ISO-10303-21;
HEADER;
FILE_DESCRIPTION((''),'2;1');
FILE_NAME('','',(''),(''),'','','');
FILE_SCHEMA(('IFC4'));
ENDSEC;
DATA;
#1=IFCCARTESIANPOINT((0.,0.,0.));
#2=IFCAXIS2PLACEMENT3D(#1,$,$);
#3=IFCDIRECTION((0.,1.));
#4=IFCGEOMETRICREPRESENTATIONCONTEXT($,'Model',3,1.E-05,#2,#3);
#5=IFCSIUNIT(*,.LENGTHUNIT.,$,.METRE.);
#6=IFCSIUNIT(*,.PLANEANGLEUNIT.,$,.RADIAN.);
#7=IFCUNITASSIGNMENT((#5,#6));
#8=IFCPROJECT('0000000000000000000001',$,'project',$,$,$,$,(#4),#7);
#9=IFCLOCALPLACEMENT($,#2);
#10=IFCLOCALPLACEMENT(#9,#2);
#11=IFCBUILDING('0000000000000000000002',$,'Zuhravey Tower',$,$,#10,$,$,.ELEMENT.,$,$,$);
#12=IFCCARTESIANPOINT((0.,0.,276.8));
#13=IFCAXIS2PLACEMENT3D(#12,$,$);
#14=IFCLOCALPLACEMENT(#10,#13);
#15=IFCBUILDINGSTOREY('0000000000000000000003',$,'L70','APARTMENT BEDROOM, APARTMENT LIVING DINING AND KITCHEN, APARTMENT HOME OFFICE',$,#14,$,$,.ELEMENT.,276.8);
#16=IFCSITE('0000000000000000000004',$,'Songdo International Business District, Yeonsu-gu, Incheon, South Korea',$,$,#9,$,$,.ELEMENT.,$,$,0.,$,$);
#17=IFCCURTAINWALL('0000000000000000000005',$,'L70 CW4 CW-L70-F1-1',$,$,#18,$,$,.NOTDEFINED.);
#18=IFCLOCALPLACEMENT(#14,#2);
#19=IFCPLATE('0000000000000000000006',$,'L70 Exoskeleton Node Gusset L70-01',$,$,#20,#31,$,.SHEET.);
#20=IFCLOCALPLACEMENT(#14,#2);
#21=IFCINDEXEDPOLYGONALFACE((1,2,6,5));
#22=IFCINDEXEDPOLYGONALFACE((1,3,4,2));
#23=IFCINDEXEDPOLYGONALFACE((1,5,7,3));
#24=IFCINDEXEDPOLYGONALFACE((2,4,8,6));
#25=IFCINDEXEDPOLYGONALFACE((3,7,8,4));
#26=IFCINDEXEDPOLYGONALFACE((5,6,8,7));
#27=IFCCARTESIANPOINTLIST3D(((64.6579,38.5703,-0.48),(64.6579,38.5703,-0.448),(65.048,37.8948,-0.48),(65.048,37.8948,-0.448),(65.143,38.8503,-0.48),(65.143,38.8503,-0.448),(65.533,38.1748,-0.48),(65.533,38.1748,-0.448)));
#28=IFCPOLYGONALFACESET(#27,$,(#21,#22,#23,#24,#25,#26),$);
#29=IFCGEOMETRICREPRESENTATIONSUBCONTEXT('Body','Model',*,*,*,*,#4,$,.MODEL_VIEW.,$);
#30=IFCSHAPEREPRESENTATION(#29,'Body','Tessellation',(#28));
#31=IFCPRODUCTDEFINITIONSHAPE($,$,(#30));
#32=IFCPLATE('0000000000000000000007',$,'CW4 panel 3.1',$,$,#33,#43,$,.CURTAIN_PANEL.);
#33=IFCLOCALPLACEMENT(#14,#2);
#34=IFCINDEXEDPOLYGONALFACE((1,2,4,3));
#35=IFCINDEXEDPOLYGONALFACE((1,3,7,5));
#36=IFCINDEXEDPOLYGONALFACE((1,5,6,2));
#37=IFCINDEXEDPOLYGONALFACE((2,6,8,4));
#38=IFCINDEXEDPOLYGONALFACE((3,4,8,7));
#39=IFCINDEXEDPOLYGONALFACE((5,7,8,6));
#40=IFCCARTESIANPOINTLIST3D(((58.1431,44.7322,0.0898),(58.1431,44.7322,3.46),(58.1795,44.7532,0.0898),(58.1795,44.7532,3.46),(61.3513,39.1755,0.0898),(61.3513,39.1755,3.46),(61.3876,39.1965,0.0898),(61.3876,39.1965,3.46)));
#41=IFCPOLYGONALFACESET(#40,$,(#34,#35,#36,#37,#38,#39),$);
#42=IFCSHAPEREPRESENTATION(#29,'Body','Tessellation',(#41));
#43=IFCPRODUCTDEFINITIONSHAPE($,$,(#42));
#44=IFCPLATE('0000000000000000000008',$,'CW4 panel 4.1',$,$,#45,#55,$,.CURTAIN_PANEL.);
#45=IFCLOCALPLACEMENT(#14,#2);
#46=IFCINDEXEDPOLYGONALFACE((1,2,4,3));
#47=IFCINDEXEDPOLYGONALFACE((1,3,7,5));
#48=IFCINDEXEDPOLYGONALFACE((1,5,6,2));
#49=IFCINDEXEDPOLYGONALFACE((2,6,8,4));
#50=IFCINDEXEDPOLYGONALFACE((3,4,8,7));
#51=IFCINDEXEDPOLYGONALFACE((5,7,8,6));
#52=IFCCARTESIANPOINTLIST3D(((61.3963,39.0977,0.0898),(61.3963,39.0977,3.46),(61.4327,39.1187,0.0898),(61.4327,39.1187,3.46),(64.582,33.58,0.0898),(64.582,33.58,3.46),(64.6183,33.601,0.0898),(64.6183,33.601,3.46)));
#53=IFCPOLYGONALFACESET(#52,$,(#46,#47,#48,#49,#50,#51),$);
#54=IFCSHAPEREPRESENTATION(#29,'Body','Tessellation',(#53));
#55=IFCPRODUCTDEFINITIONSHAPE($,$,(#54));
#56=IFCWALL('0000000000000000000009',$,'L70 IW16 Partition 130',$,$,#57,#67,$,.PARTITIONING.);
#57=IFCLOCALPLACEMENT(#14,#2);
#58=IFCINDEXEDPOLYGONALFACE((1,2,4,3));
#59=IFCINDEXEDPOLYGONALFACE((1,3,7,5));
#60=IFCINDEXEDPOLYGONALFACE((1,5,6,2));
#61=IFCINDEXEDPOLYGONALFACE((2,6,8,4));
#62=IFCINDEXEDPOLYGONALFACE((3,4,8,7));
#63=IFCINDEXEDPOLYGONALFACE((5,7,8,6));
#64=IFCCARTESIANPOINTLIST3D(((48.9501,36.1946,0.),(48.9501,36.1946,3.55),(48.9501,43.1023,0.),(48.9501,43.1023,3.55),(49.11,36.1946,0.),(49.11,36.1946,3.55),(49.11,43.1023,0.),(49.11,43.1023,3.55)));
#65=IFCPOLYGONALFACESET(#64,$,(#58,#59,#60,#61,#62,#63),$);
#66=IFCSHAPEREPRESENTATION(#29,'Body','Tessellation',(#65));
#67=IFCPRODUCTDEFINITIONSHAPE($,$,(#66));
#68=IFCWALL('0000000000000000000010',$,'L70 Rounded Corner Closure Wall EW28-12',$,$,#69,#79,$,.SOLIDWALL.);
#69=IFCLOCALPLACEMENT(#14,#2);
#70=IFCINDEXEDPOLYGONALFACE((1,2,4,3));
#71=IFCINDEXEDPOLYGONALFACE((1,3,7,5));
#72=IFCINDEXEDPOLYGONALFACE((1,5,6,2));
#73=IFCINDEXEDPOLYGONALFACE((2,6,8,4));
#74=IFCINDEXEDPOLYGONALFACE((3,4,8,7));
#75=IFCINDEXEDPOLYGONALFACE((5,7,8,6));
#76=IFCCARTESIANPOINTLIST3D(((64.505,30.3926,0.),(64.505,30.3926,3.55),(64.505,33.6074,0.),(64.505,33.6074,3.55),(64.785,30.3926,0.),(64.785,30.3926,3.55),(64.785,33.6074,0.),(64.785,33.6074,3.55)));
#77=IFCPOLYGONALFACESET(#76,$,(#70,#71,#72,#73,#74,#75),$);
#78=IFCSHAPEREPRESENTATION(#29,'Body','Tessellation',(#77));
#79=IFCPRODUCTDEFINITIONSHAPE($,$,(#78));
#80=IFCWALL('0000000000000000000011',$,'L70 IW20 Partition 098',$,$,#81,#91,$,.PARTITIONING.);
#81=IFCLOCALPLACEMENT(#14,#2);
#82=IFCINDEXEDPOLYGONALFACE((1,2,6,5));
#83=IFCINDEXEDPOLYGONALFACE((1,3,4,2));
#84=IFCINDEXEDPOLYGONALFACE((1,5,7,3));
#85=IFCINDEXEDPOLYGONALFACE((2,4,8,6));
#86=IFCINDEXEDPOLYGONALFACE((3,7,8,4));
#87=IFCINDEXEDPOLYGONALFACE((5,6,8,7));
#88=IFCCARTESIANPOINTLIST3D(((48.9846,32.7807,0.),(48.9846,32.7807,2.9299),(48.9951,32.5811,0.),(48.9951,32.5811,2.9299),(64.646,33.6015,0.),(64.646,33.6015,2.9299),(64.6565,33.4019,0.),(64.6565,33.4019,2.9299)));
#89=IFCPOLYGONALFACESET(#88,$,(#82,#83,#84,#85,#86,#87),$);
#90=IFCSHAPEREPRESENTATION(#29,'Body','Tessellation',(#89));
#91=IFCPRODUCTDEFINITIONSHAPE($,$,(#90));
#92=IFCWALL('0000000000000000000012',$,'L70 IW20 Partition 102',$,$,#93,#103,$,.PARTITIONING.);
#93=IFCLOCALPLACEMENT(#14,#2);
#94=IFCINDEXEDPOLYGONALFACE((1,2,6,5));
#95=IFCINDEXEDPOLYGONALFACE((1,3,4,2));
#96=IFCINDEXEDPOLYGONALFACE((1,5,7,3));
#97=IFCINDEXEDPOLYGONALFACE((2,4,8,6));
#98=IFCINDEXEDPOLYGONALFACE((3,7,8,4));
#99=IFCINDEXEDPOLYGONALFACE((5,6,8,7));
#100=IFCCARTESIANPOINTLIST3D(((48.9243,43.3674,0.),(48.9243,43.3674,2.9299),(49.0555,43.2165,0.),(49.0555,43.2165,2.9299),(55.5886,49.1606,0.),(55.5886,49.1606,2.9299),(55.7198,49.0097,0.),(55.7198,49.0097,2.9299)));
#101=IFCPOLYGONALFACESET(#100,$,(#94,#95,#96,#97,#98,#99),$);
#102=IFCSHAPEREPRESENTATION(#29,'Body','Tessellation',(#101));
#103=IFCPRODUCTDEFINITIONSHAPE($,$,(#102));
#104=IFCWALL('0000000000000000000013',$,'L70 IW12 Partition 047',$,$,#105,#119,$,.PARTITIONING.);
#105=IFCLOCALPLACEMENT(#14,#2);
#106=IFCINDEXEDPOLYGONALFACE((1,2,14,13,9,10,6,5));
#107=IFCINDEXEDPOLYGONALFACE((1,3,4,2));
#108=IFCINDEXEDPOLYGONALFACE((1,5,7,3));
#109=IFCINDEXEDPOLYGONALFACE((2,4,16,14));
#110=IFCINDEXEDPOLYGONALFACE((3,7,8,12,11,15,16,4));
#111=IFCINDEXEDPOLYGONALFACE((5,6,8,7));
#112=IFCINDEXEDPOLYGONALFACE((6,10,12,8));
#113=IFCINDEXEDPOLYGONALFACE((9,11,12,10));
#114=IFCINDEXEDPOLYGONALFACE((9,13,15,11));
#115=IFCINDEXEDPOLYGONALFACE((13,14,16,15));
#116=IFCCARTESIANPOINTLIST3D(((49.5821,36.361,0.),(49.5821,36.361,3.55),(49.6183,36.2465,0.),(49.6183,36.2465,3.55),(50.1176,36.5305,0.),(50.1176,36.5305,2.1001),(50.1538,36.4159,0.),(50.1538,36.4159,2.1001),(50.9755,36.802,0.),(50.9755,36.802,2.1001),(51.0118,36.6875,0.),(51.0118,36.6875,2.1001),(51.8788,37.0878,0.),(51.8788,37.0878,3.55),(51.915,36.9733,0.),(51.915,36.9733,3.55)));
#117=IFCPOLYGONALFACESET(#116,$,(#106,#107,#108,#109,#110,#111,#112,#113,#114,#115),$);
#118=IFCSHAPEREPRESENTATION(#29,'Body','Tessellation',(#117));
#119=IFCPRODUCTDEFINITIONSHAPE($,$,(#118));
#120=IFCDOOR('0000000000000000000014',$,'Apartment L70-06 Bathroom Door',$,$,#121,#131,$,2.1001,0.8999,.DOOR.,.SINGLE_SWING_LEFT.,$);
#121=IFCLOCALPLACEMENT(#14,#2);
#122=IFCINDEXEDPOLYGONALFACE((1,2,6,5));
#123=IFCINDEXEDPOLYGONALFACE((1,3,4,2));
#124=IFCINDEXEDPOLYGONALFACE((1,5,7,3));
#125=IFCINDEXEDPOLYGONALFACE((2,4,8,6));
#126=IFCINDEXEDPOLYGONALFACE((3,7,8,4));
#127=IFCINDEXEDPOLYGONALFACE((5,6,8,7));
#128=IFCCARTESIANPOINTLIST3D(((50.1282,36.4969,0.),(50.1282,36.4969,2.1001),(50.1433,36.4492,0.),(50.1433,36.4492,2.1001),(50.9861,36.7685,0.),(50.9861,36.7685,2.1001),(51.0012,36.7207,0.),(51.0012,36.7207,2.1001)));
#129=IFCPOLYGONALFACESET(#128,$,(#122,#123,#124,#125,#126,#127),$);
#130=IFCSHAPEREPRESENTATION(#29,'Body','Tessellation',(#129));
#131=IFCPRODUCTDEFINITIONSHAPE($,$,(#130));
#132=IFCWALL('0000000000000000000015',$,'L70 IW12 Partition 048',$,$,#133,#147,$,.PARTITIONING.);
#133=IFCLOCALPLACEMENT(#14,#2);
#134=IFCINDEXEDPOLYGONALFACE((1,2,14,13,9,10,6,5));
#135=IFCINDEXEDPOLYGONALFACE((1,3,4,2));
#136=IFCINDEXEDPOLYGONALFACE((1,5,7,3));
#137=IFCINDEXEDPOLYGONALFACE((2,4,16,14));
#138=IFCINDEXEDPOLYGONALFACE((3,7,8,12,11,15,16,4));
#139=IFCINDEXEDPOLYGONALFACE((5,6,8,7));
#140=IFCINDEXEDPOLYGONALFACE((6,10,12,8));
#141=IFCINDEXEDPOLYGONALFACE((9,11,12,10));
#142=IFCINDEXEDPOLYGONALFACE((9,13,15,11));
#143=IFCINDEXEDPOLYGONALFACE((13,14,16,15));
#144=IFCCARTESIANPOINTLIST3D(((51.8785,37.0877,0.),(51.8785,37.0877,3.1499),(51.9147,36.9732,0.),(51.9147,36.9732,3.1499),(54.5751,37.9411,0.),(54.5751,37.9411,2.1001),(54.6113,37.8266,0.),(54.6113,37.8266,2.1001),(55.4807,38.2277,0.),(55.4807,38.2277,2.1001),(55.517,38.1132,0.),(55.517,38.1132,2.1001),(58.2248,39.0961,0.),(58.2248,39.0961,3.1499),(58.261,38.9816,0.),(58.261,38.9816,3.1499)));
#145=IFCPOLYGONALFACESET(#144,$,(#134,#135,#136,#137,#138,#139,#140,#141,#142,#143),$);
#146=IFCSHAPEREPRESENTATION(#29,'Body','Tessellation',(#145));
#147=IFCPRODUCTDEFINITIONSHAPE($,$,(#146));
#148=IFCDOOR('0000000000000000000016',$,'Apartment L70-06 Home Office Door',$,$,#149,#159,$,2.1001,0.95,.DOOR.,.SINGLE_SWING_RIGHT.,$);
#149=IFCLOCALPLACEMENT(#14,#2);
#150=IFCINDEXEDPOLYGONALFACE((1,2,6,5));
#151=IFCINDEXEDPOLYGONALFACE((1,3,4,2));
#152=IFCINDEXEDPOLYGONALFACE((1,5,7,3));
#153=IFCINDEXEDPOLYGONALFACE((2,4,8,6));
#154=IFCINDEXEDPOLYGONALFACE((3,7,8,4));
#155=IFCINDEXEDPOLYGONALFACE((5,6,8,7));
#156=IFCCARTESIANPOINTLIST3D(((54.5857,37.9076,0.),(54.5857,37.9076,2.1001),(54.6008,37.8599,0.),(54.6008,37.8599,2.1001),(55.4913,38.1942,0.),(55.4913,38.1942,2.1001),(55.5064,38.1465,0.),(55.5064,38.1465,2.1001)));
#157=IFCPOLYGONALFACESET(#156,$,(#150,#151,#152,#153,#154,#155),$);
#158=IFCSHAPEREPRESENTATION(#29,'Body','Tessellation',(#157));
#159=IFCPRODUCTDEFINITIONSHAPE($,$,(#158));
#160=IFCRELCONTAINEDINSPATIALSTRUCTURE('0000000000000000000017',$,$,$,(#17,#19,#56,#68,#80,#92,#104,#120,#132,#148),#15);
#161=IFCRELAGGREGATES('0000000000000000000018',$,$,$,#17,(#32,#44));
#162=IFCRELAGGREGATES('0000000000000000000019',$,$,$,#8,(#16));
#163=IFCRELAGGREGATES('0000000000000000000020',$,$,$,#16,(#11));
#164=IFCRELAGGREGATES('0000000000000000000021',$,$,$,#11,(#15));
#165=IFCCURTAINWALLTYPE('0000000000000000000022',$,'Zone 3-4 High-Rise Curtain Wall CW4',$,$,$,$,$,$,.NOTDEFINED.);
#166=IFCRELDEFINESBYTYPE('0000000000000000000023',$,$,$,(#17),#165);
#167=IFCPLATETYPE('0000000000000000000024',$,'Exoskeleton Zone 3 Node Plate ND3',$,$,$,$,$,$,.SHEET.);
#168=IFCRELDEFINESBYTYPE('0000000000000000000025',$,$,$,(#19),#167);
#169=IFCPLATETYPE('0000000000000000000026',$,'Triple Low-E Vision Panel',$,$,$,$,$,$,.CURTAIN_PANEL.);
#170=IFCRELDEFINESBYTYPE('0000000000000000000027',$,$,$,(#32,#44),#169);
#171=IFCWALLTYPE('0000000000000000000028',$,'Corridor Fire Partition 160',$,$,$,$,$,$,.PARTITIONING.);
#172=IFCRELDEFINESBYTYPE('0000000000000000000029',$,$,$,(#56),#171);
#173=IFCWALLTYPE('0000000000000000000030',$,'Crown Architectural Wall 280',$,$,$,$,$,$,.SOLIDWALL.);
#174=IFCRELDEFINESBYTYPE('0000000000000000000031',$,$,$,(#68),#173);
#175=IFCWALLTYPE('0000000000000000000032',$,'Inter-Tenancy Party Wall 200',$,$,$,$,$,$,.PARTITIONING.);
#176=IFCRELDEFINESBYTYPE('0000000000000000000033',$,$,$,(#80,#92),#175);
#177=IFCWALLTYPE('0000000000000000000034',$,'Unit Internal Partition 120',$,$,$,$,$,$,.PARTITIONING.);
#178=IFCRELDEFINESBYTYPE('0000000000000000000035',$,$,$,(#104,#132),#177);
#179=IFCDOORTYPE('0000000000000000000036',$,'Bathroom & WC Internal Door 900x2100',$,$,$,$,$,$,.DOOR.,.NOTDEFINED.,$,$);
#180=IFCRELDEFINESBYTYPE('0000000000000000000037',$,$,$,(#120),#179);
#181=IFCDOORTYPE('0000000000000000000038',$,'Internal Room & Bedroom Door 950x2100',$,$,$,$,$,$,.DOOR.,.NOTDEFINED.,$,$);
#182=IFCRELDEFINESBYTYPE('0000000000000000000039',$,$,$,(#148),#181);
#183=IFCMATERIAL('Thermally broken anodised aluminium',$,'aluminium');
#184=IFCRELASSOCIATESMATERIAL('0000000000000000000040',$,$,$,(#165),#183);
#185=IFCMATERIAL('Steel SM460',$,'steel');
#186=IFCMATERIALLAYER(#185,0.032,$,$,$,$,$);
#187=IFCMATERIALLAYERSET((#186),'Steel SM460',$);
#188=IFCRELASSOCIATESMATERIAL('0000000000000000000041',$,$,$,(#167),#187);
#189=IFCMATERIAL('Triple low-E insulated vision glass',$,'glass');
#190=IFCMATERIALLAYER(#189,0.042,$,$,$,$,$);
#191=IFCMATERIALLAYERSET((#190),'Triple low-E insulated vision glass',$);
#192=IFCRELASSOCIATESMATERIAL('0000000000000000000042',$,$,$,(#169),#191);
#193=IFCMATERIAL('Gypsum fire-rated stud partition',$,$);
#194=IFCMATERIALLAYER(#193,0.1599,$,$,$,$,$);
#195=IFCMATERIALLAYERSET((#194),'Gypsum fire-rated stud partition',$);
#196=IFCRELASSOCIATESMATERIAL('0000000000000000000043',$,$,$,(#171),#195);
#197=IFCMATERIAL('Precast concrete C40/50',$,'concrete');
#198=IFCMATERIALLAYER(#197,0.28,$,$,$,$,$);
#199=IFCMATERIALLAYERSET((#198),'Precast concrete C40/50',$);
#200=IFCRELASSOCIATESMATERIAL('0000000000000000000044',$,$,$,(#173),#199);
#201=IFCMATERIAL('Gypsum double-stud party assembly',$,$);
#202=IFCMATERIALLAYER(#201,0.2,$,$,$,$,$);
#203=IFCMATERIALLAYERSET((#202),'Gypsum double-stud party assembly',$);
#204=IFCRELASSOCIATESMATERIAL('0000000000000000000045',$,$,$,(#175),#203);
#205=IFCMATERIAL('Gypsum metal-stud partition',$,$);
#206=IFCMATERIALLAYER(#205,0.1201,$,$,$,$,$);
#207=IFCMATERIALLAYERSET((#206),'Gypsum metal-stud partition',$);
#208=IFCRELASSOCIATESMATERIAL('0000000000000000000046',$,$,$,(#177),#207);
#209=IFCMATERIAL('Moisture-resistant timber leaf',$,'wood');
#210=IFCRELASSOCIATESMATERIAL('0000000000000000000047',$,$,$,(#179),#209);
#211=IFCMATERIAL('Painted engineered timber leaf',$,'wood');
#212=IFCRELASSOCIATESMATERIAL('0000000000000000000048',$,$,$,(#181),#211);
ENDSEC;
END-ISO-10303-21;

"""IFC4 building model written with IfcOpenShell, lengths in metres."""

from ifc_helpers import new_model, si_unit, direction, frame, frame_2d, origin, origin_2d, place, context, subcontext, project, spatial, rectangle, extrude, material, layer, layer_set, type_object, element, fill, aggregate, save


model = new_model("IFC4")

# Units and contexts
model_context = context("Model", 3, precision=1e-05, world=origin(), true_north=direction((0.0, 1.0)))
body_context = subcontext(model_context, "Body", "Model", "MODEL_VIEW")
ifc_project = project(units=[si_unit("LENGTHUNIT", "METRE"), si_unit("PLANEANGLEUNIT", "RADIAN")], contexts=[model_context])

# Site, building, storey
site_placement = place(None, origin())
site = spatial("IfcSite", under=ifc_project, at=site_placement, Name="Songdo International Business District, Yeonsu-gu, Incheon, South Korea", CompositionType="ELEMENT", RefElevation=0.0)
building_placement = place(site_placement, origin())
building = spatial("IfcBuilding", under=site, at=building_placement, Name="Zuhravey Tower", CompositionType="ELEMENT")
storey_placement = place(building_placement, frame((0.0, 0.0, 276.8)))
storey = spatial("IfcBuildingStorey", under=building, at=storey_placement, Name="L70", Description="APARTMENT BEDROOM, APARTMENT LIVING DINING AND KITCHEN, APARTMENT HOME OFFICE", CompositionType="ELEMENT", Elevation=276.8)

# Curtain wall
ifc_material_1 = material(Name="Thermally broken anodised aluminium", Category="aluminium")
curtain_wall_type = type_object("IfcCurtainWallType", Name="Zone 3-4 High-Rise Curtain Wall CW4", PredefinedType="NOTDEFINED", material=ifc_material_1)
curtain_wall_placement = place(storey_placement, origin())
curtain_wall = element("IfcCurtainWall", 1, at=curtain_wall_placement, inside=storey, type_object=curtain_wall_type, Name="L70 CW4 CW-L70-F1-1", PredefinedType="NOTDEFINED")

# Plates
ifc_material_2 = material(Name="Steel SM460", Category="steel")
ifc_layer_1 = layer(ifc_material_2, 0.032)
ifc_layer_set_1 = layer_set([ifc_layer_1], Name="Steel SM460")
plate_type_1 = type_object("IfcPlateType", Name="Exoskeleton Zone 3 Node Plate ND3", PredefinedType="SHEET", material=ifc_layer_set_1)
plate_1_placement = place(storey_placement, frame((65.0955, 38.3726, -0.48), z_axis=(0.0, 0.0, 1.0), x_axis=(-0.5, 0.866025, 0.0)))
element("IfcPlate", 2, at=plate_1_placement, inside=storey, type_object=plate_type_1, Name="L70 Exoskeleton Node Gusset L70-01", PredefinedType="SHEET", context=body_context, shape_type="SweptSolid", body=[
    extrude(rectangle(XDim=0.78, YDim=0.5601, at=origin_2d()), origin(), (0.0, 0.0, 1.0), 0.032),
])
ifc_material_3 = material(Name="Triple low-E insulated vision glass", Category="glass")
ifc_layer_2 = layer(ifc_material_3, 0.042)
ifc_layer_set_2 = layer_set([ifc_layer_2], Name="Triple low-E insulated vision glass")
plate_type_2 = type_object("IfcPlateType", Name="Triple Low-E Vision Panel", PredefinedType="CURTAIN_PANEL", material=ifc_layer_set_2)
plate_2_placement = place(storey_placement, frame((59.7654, 41.9644, 0.0898), z_axis=(0.0, 0.0, 1.0), x_axis=(0.500001, -0.866025, 0.0)))
plate_2 = element("IfcPlate", 3, at=plate_2_placement, type_object=plate_type_2, Name="CW4 panel 3.1", PredefinedType="CURTAIN_PANEL", context=body_context, shape_type="SweptSolid", body=[
    extrude(rectangle(XDim=6.4163, YDim=0.042, at=origin_2d()), origin(), (0.0, 0.0, 1.0), 3.3701),
])
plate_3_placement = place(storey_placement, frame((63.0073, 36.3494, 0.0898), z_axis=(0.0, 0.0, 1.0), x_axis=(0.500001, -0.866025, 0.0)))
plate_3 = element("IfcPlate", 4, at=plate_3_placement, type_object=plate_type_2, Name="CW4 panel 4.1", PredefinedType="CURTAIN_PANEL", context=body_context, shape_type="SweptSolid", body=[
    extrude(rectangle(XDim=6.3713, YDim=0.042, at=origin_2d()), origin(), (0.0, 0.0, 1.0), 3.3701),
])
aggregate(curtain_wall, [plate_2, plate_3])

# Shared definitions
ifc_material_4 = material(Name="Gypsum fire-rated stud partition")
ifc_layer_3 = layer(ifc_material_4, 0.1599)
ifc_layer_set_3 = layer_set([ifc_layer_3], Name="Gypsum fire-rated stud partition")
wall_type_1 = type_object("IfcWallType", Name="Corridor Fire Partition 160", PredefinedType="PARTITIONING", material=ifc_layer_set_3)

# Walls
wall_1_placement = place(storey_placement, frame((49.03, 36.1946, 0.0), z_axis=(0.0, 0.0, 1.0), x_axis=(0.0, 1.0, 0.0)))
element("IfcWall", 5, at=wall_1_placement, inside=storey, type_object=wall_type_1, Name="L70 IW16 Partition 130", PredefinedType="PARTITIONING", context=body_context, shape_type="SweptSolid", body=[
    extrude(rectangle(XDim=6.9077, YDim=0.1599, at=frame_2d((3.4539, 0.0))), origin(), (0.0, 0.0, 1.0), 3.55),
])
ifc_material_5 = material(Name="Precast concrete C40/50", Category="concrete")
ifc_layer_4 = layer(ifc_material_5, 0.28)
ifc_layer_set_4 = layer_set([ifc_layer_4], Name="Precast concrete C40/50")
wall_type_2 = type_object("IfcWallType", Name="Crown Architectural Wall 280", PredefinedType="SOLIDWALL", material=ifc_layer_set_4)
wall_2_placement = place(storey_placement, frame((64.645, 33.6074, 0.0), z_axis=(0.0, 0.0, 1.0), x_axis=(0.0, -1.0, 0.0)))
element("IfcWall", 6, at=wall_2_placement, inside=storey, type_object=wall_type_2, Name="L70 Rounded Corner Closure Wall EW28-12", PredefinedType="SOLIDWALL", context=body_context, shape_type="SweptSolid", body=[
    extrude(rectangle(XDim=3.2148, YDim=0.28, at=frame_2d((1.6074, 0.0))), origin(), (0.0, 0.0, 1.0), 3.55),
])
ifc_material_6 = material(Name="Gypsum double-stud party assembly")
ifc_layer_5 = layer(ifc_material_6, 0.2)
ifc_layer_set_5 = layer_set([ifc_layer_5], Name="Gypsum double-stud party assembly")
wall_type_3 = type_object("IfcWallType", Name="Inter-Tenancy Party Wall 200", PredefinedType="PARTITIONING", material=ifc_layer_set_5)
wall_3_placement = place(storey_placement, frame((48.99, 32.6809, 0.0), z_axis=(0.0, 0.0, 1.0), x_axis=(0.998629, 0.052337, 0.0)))
element("IfcWall", 7, at=wall_3_placement, inside=storey, type_object=wall_type_3, Name="L70 IW20 Partition 098", PredefinedType="PARTITIONING", context=body_context, shape_type="SweptSolid", body=[
    extrude(rectangle(XDim=15.6829, YDim=0.2, at=frame_2d((7.8413, 0.0))), origin(), (0.0, 0.0, 1.0), 2.9299),
])
wall_4_placement = place(storey_placement, frame((48.99, 43.292, 0.0), z_axis=(0.0, 0.0, 1.0), x_axis=(0.754708, 0.65606, 0.0)))
element("IfcWall", 8, at=wall_4_placement, inside=storey, type_object=wall_type_3, Name="L70 IW20 Partition 102", PredefinedType="PARTITIONING", context=body_context, shape_type="SweptSolid", body=[
    extrude(rectangle(XDim=8.8303, YDim=0.2, at=frame_2d((4.415, 0.0))), origin(), (0.0, 0.0, 1.0), 2.9299),
])

# Walls, openings, doors
ifc_material_7 = material(Name="Gypsum metal-stud partition")
ifc_layer_6 = layer(ifc_material_7, 0.1201)
ifc_layer_set_6 = layer_set([ifc_layer_6], Name="Gypsum metal-stud partition")
wall_type_4 = type_object("IfcWallType", Name="Unit Internal Partition 120", PredefinedType="PARTITIONING", material=ifc_layer_set_6)
wall_5_placement = place(storey_placement, frame((49.6001, 36.3037, 0.0), z_axis=(0.0, 0.0, 1.0), x_axis=(0.953397, 0.301718, 0.0)))
wall_5 = element("IfcWall", 9, at=wall_5_placement, inside=storey, type_object=wall_type_4, Name="L70 IW12 Partition 047", PredefinedType="PARTITIONING", context=body_context, shape_type="SweptSolid", body=[
    extrude(rectangle(XDim=2.4089, YDim=0.1201, at=frame_2d((1.2046, 0.0))), origin(), (0.0, 0.0, 1.0), 3.55),
])
opening_1_placement = place(wall_5_placement, frame((0.5618, 0.0, 0.0)))
opening_1 = element("IfcOpeningElement", 10, at=opening_1_placement, cuts=wall_5, PredefinedType="OPENING", context=body_context, shape_type="SweptSolid", body=[
    extrude(rectangle(XDim=0.8999, YDim=2.1001, at=frame_2d((0.45, 1.05))), frame((0.0, 0.072, 0.0), z_axis=(0.0, -1.0, 0.0), x_axis=(1.0, 0.0, 0.0)), (0.0, 0.0, 1.0), 0.144),
])
ifc_material_8 = material(Name="Moisture-resistant timber leaf", Category="wood")
door_type_1 = type_object("IfcDoorType", Name="Bathroom & WC Internal Door 900x2100", OperationType="NOTDEFINED", PredefinedType="DOOR", material=ifc_material_8)
door_1_placement = place(opening_1_placement, origin())
door_1 = element("IfcDoor", 11, at=door_1_placement, inside=storey, type_object=door_type_1, Name="Apartment L70-06 Bathroom Door", OperationType="SINGLE_SWING_LEFT", OverallHeight=2.1001, OverallWidth=0.8999, PredefinedType="DOOR", context=body_context, shape_type="SweptSolid", body=[
    extrude(rectangle(XDim=0.8999, YDim=2.1001, at=frame_2d((0.45, 1.05))), frame((0.0, 0.0249, 0.0), z_axis=(0.0, -1.0, 0.0), x_axis=(1.0, 0.0, 0.0)), (0.0, 0.0, 1.0), 0.05),
])
fill(opening_1, door_1)
wall_6_placement = place(storey_placement, frame((51.8967, 37.0305, 0.0), z_axis=(0.0, 0.0, 1.0), x_axis=(0.9534, 0.301711, 0.0)))
wall_6 = element("IfcWall", 12, at=wall_6_placement, inside=storey, type_object=wall_type_4, Name="L70 IW12 Partition 048", PredefinedType="PARTITIONING", context=body_context, shape_type="SweptSolid", body=[
    extrude(rectangle(XDim=6.6565, YDim=0.1201, at=frame_2d((3.3281, 0.0))), origin(), (0.0, 0.0, 1.0), 3.1499),
])
opening_2_placement = place(wall_6_placement, frame((2.8281, 0.0, 0.0)))
opening_2 = element("IfcOpeningElement", 13, at=opening_2_placement, cuts=wall_6, PredefinedType="OPENING", context=body_context, shape_type="SweptSolid", body=[
    extrude(rectangle(XDim=0.95, YDim=2.1001, at=frame_2d((0.4751, 1.05))), frame((0.0, 0.072, 0.0), z_axis=(0.0, -1.0, 0.0), x_axis=(1.0, 0.0, 0.0)), (0.0, 0.0, 1.0), 0.144),
])
ifc_material_9 = material(Name="Painted engineered timber leaf", Category="wood")
door_type_2 = type_object("IfcDoorType", Name="Internal Room & Bedroom Door 950x2100", OperationType="NOTDEFINED", PredefinedType="DOOR", material=ifc_material_9)
door_2_placement = place(opening_2_placement, origin())
door_2 = element("IfcDoor", 14, at=door_2_placement, inside=storey, type_object=door_type_2, Name="Apartment L70-06 Home Office Door", OperationType="SINGLE_SWING_RIGHT", OverallHeight=2.1001, OverallWidth=0.95, PredefinedType="DOOR", context=body_context, shape_type="SweptSolid", body=[
    extrude(rectangle(XDim=0.95, YDim=2.1001, at=frame_2d((0.4751, 1.05))), frame((0.0, 0.0249, 0.0), z_axis=(0.0, -1.0, 0.0), x_axis=(1.0, 0.0, 0.0)), (0.0, 0.0, 1.0), 0.05),
])
fill(opening_2, door_2)

save(model, "model.ifc")
